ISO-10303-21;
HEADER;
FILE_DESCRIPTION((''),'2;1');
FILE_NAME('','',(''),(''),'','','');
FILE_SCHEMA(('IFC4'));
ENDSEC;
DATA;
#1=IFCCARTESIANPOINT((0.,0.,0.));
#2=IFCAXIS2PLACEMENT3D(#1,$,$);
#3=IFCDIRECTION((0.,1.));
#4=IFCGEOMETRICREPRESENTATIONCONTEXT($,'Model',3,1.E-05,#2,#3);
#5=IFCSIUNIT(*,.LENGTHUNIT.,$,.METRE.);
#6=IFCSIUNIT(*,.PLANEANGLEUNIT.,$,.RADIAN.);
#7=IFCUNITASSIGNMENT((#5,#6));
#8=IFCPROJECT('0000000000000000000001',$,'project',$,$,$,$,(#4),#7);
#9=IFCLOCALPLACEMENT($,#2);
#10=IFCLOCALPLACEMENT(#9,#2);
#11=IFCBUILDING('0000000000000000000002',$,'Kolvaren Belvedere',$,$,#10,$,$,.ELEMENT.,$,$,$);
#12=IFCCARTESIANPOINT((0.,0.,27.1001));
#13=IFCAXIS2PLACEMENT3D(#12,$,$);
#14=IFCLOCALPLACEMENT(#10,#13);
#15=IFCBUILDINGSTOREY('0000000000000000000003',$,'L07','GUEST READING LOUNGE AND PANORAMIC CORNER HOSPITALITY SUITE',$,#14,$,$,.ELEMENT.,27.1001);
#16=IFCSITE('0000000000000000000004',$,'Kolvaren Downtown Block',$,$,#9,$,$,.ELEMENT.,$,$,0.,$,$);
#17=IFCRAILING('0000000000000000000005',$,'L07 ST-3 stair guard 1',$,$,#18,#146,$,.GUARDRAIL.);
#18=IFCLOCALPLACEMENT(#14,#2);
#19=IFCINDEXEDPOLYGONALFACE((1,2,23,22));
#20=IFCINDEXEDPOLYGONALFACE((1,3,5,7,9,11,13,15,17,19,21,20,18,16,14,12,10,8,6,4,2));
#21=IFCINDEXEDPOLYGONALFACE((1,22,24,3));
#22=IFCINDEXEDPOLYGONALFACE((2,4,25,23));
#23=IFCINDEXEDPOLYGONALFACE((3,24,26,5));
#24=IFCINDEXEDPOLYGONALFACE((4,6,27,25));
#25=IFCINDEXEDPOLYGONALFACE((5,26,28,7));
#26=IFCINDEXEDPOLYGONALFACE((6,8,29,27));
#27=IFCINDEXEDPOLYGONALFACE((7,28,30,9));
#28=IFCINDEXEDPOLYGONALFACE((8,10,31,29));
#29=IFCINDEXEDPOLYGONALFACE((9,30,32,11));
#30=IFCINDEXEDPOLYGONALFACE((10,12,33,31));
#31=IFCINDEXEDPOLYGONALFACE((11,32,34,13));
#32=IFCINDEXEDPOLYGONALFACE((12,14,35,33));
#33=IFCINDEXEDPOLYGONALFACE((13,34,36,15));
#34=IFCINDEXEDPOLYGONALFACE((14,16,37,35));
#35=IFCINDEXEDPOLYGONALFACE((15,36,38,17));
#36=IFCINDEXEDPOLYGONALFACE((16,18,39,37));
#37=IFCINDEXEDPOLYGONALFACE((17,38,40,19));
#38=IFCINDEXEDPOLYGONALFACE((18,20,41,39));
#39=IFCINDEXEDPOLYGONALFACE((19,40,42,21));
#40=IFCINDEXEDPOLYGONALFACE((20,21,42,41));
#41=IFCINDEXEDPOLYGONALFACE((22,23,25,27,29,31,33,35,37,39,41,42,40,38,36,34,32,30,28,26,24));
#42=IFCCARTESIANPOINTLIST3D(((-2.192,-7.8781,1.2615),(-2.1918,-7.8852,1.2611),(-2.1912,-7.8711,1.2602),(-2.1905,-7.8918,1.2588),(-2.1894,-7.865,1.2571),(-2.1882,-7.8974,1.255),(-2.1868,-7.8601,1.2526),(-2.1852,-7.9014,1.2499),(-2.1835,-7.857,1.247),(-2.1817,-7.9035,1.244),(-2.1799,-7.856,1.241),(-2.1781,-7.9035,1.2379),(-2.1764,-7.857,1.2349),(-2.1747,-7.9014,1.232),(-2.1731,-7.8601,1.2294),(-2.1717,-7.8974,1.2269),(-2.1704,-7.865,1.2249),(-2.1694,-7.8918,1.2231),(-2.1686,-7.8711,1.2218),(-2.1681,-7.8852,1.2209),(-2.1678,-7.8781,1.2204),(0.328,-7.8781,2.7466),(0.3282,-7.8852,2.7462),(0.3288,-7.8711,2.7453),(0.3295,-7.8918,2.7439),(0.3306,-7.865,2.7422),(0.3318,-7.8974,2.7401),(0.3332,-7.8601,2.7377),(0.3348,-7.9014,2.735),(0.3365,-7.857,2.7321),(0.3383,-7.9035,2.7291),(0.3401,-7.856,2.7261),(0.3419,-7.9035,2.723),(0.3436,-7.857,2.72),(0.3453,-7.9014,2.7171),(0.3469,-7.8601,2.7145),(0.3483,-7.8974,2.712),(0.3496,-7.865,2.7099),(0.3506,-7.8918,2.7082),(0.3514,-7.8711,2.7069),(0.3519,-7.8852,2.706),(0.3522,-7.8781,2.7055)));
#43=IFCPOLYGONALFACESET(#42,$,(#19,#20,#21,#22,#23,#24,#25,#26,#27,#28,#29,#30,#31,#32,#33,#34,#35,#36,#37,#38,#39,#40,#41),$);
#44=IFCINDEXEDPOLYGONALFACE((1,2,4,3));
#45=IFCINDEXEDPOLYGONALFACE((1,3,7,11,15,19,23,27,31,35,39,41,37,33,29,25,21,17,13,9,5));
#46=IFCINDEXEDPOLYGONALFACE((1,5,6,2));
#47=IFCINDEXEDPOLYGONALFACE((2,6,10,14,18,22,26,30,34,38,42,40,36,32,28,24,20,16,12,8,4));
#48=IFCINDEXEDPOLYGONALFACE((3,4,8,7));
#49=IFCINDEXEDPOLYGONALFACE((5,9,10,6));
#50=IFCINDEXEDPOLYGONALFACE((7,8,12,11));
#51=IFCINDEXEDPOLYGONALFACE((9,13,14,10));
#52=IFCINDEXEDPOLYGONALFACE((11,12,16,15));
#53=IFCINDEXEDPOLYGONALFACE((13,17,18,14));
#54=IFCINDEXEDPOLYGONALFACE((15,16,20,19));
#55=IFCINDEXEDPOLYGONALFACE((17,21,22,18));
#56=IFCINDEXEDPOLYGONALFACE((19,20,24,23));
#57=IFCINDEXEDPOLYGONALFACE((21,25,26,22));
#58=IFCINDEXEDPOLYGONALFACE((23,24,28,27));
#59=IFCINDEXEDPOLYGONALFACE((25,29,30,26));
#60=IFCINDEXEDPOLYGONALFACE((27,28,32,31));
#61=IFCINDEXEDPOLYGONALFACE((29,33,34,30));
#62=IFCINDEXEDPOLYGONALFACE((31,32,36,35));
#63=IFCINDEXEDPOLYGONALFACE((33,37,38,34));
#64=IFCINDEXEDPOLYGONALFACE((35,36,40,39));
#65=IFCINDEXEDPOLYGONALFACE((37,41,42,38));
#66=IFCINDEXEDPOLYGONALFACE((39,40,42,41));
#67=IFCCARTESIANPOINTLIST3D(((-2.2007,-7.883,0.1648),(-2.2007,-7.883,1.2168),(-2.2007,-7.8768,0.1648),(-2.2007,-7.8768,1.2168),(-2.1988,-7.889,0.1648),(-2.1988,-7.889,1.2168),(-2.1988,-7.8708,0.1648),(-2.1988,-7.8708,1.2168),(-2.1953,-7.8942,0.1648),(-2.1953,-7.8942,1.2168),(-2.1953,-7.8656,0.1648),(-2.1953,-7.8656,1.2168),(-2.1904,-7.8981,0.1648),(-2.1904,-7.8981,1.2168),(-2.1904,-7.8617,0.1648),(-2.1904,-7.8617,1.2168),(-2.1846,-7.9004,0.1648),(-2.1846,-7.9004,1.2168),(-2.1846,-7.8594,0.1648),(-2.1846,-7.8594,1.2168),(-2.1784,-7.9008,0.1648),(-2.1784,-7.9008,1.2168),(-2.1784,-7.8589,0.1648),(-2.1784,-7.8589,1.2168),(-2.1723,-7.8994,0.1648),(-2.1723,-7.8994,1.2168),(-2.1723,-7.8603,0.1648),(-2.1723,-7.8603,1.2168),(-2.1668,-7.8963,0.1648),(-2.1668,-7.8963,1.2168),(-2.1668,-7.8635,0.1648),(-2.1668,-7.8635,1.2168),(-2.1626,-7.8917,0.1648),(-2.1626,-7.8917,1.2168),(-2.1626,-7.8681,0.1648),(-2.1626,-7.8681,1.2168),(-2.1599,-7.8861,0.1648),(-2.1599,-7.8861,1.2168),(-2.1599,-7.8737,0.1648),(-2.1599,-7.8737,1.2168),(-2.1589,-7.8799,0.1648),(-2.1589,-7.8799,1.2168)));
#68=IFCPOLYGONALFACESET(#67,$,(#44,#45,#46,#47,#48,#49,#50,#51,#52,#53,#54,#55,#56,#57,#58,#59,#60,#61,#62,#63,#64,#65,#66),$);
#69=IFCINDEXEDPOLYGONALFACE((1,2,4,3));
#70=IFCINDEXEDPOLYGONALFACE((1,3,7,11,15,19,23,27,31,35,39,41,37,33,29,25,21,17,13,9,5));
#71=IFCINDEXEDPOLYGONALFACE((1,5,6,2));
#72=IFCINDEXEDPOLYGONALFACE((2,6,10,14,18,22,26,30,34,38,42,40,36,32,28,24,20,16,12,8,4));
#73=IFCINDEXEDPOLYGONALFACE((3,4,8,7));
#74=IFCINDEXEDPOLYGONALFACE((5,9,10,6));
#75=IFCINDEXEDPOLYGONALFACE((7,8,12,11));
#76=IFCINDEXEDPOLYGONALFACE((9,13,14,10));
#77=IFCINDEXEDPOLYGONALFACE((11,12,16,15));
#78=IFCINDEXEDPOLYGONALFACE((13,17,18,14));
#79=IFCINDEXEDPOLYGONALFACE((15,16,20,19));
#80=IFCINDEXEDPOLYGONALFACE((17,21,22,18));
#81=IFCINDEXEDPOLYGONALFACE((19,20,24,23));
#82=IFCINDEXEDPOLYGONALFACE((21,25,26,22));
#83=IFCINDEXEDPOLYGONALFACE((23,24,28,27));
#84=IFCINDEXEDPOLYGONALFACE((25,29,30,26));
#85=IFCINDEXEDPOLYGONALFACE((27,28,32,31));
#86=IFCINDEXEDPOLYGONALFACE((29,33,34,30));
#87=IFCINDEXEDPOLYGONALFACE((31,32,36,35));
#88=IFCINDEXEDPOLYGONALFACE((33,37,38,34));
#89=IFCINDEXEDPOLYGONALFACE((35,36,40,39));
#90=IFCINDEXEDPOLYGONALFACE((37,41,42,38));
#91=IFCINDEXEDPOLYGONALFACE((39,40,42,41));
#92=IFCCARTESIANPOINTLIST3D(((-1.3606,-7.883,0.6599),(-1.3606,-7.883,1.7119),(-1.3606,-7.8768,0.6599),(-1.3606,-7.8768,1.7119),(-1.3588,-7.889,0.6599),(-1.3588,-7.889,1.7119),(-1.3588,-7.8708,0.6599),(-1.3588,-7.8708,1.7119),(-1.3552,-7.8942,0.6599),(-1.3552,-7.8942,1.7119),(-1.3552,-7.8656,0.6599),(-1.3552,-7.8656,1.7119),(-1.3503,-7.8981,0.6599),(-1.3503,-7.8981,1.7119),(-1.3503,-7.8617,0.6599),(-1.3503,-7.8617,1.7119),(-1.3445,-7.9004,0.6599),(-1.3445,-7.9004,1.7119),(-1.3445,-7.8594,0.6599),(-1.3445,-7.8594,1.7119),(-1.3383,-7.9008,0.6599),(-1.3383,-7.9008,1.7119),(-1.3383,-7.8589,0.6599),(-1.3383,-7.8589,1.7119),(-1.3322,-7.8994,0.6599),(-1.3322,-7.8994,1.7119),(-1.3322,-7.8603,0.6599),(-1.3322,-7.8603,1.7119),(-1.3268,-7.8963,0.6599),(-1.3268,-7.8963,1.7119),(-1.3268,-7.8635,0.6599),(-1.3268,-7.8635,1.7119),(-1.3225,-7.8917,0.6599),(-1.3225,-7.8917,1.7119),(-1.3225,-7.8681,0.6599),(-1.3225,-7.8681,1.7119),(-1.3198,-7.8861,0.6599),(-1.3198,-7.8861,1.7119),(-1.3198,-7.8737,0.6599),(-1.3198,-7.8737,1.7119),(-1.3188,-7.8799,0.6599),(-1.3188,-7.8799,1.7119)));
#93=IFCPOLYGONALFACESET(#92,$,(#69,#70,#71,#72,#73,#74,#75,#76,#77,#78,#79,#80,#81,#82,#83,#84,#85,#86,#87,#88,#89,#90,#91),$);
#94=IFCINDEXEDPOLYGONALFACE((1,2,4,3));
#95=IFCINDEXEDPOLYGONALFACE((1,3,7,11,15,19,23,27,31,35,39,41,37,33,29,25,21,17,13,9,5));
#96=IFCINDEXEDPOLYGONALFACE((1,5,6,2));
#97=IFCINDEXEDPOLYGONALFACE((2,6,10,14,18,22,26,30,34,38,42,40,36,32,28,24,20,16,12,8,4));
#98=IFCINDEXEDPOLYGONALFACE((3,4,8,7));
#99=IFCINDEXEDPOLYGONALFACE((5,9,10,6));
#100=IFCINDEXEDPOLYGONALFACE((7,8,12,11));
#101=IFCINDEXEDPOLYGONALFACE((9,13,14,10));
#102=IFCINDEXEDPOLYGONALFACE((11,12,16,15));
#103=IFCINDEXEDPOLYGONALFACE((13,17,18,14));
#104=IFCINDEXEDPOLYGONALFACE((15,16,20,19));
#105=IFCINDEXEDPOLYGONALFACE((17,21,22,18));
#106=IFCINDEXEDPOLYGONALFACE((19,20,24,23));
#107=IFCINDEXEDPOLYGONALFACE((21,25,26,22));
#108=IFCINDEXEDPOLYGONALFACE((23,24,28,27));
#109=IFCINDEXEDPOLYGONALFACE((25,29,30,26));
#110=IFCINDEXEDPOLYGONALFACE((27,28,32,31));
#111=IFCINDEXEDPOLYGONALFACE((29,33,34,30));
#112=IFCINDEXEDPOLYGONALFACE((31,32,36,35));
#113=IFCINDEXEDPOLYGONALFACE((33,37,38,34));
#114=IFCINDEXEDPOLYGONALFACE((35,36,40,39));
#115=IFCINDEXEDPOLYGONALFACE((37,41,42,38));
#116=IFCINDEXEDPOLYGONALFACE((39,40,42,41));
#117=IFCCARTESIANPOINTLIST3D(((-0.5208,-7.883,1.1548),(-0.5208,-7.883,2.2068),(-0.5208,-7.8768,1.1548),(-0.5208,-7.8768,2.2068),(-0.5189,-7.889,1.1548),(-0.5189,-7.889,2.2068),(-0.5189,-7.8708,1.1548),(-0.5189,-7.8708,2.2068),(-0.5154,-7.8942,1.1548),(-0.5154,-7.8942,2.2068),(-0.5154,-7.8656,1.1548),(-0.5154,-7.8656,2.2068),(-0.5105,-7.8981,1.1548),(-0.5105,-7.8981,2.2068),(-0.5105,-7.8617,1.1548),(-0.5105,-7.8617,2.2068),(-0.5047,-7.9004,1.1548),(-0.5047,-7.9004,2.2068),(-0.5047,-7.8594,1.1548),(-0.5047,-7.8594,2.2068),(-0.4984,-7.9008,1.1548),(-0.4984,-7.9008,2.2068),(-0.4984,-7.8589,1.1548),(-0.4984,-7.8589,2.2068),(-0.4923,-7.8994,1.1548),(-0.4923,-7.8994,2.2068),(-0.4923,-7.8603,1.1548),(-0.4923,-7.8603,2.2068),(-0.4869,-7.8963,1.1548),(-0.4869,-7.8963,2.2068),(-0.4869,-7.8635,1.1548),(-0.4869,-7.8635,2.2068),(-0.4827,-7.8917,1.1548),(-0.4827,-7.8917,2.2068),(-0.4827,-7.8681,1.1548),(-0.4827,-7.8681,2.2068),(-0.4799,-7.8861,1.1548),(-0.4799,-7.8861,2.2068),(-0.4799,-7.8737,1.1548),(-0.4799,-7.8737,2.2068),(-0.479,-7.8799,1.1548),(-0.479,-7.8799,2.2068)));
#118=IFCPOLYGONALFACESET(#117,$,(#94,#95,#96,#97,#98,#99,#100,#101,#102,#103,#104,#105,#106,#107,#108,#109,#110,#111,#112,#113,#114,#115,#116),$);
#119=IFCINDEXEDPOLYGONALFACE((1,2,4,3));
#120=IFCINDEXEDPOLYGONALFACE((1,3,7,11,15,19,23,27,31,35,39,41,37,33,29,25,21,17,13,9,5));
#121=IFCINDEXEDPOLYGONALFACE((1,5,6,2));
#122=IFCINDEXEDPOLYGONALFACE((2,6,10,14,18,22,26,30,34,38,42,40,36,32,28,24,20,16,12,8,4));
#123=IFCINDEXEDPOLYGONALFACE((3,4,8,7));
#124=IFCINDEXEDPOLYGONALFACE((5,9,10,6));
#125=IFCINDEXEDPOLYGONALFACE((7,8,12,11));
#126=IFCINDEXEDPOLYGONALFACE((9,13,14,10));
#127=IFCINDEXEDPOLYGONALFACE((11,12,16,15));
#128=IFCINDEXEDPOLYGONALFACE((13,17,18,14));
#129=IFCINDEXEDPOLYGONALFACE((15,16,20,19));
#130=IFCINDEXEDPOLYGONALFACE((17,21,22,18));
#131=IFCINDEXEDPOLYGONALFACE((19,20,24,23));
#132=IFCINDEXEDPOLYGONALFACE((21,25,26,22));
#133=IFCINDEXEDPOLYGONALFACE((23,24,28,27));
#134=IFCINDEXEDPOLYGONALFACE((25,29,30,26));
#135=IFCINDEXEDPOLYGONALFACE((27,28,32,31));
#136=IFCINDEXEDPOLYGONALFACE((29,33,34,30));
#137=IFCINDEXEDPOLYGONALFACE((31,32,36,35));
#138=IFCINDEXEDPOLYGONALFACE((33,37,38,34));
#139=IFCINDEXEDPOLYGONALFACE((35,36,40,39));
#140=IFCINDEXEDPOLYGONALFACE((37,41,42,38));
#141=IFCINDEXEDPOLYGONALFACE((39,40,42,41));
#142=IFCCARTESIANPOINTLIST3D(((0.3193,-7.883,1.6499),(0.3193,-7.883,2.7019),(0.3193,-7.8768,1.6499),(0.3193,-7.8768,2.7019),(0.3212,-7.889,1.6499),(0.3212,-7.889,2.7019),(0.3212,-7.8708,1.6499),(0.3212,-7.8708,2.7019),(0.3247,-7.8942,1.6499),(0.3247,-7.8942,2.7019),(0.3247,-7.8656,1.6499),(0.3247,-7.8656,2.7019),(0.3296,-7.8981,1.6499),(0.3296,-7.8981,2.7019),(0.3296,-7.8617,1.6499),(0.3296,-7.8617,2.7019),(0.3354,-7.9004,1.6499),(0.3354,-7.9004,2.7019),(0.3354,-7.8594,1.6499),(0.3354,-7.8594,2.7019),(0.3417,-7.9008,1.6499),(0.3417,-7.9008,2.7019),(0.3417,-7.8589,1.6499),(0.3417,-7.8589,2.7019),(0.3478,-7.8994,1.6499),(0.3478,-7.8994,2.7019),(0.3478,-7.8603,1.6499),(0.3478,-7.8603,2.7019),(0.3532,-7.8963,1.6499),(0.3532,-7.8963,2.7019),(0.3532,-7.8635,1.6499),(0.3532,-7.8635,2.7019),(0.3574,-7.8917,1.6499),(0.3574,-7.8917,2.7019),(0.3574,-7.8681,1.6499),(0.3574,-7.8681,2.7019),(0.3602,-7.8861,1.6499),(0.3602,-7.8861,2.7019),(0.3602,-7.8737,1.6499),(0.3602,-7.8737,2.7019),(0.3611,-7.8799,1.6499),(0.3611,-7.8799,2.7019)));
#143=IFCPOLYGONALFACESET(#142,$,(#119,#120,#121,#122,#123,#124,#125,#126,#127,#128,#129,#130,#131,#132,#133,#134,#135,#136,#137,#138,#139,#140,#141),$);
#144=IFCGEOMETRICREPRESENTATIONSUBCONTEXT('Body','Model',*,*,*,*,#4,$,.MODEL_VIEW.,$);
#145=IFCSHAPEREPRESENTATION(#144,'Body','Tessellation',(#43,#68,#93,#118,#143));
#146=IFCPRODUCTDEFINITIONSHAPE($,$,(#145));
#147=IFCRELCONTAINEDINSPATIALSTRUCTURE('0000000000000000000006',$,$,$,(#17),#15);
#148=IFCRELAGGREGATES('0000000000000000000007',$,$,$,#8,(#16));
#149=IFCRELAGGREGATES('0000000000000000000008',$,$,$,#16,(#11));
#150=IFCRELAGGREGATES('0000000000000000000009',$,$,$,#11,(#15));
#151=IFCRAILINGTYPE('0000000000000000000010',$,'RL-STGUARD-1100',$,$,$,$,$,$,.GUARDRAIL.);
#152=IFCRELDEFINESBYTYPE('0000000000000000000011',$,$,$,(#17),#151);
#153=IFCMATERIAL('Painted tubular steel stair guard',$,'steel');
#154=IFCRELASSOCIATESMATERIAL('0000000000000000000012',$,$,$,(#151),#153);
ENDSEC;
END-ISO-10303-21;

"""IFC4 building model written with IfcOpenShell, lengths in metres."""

from ifc_helpers import new_model, si_unit, direction, frame, origin, origin_2d, place, context, subcontext, project, spatial, circle, extrude, material, type_object, element, save


model = new_model("IFC4")

# Units and contexts
model_context = context("Model", 3, precision=1e-05, world=origin(), true_north=direction((0.0, 1.0)))
body_context = subcontext(model_context, "Body", "Model", "MODEL_VIEW")
ifc_project = project(units=[si_unit("LENGTHUNIT", "METRE"), si_unit("PLANEANGLEUNIT", "RADIAN")], contexts=[model_context])

# Site, building, storey
site_placement = place(None, origin())
site = spatial("IfcSite", under=ifc_project, at=site_placement, Name="Kolvaren Downtown Block", CompositionType="ELEMENT", RefElevation=0.0)
building_placement = place(site_placement, origin())
building = spatial("IfcBuilding", under=site, at=building_placement, Name="Kolvaren Belvedere", CompositionType="ELEMENT")
storey_placement = place(building_placement, frame((0.0, 0.0, 27.1001)))
storey = spatial("IfcBuildingStorey", under=building, at=storey_placement, Name="L07", Description="GUEST READING LOUNGE AND PANORAMIC CORNER HOSPITALITY SUITE", CompositionType="ELEMENT", Elevation=27.1001)

# Railing
ifc_material_1 = material(Name="Painted tubular steel stair guard", Category="steel")
railing_type_1 = type_object("IfcRailingType", Name="RL-STGUARD-1100", PredefinedType="GUARDRAIL", material=ifc_material_1)
railing_1_placement = place(storey_placement, frame((-2.1799, -7.8799, 0.1648)))
element("IfcRailing", 1, at=railing_1_placement, inside=storey, type_object=railing_type_1, Name="L07 ST-3 stair guard 1", PredefinedType="GUARDRAIL", context=body_context, shape_type="SweptSolid", body=[
    extrude(circle(Radius=0.0239, at=origin_2d()), frame((0.0, 0.0, 1.0762), z_axis=(0.861524, 0.0, 0.507717), x_axis=(0.0, 1.0, 0.0)), (0.0, 0.0, 1.0), 2.925),
    extrude(circle(Radius=0.021, at=origin_2d()), origin(), (0.0, 0.0, 1.0), 1.052),
    extrude(circle(Radius=0.021, at=origin_2d()), frame((0.8401, 0.0, 0.4951)), (0.0, 0.0, 1.0), 1.052),
    extrude(circle(Radius=0.021, at=origin_2d()), frame((1.6799, 0.0, 0.99)), (0.0, 0.0, 1.0), 1.052),
    extrude(circle(Radius=0.021, at=origin_2d()), frame((2.52, 0.0, 1.4851)), (0.0, 0.0, 1.0), 1.052),
])

save(model, "model.ifc")
